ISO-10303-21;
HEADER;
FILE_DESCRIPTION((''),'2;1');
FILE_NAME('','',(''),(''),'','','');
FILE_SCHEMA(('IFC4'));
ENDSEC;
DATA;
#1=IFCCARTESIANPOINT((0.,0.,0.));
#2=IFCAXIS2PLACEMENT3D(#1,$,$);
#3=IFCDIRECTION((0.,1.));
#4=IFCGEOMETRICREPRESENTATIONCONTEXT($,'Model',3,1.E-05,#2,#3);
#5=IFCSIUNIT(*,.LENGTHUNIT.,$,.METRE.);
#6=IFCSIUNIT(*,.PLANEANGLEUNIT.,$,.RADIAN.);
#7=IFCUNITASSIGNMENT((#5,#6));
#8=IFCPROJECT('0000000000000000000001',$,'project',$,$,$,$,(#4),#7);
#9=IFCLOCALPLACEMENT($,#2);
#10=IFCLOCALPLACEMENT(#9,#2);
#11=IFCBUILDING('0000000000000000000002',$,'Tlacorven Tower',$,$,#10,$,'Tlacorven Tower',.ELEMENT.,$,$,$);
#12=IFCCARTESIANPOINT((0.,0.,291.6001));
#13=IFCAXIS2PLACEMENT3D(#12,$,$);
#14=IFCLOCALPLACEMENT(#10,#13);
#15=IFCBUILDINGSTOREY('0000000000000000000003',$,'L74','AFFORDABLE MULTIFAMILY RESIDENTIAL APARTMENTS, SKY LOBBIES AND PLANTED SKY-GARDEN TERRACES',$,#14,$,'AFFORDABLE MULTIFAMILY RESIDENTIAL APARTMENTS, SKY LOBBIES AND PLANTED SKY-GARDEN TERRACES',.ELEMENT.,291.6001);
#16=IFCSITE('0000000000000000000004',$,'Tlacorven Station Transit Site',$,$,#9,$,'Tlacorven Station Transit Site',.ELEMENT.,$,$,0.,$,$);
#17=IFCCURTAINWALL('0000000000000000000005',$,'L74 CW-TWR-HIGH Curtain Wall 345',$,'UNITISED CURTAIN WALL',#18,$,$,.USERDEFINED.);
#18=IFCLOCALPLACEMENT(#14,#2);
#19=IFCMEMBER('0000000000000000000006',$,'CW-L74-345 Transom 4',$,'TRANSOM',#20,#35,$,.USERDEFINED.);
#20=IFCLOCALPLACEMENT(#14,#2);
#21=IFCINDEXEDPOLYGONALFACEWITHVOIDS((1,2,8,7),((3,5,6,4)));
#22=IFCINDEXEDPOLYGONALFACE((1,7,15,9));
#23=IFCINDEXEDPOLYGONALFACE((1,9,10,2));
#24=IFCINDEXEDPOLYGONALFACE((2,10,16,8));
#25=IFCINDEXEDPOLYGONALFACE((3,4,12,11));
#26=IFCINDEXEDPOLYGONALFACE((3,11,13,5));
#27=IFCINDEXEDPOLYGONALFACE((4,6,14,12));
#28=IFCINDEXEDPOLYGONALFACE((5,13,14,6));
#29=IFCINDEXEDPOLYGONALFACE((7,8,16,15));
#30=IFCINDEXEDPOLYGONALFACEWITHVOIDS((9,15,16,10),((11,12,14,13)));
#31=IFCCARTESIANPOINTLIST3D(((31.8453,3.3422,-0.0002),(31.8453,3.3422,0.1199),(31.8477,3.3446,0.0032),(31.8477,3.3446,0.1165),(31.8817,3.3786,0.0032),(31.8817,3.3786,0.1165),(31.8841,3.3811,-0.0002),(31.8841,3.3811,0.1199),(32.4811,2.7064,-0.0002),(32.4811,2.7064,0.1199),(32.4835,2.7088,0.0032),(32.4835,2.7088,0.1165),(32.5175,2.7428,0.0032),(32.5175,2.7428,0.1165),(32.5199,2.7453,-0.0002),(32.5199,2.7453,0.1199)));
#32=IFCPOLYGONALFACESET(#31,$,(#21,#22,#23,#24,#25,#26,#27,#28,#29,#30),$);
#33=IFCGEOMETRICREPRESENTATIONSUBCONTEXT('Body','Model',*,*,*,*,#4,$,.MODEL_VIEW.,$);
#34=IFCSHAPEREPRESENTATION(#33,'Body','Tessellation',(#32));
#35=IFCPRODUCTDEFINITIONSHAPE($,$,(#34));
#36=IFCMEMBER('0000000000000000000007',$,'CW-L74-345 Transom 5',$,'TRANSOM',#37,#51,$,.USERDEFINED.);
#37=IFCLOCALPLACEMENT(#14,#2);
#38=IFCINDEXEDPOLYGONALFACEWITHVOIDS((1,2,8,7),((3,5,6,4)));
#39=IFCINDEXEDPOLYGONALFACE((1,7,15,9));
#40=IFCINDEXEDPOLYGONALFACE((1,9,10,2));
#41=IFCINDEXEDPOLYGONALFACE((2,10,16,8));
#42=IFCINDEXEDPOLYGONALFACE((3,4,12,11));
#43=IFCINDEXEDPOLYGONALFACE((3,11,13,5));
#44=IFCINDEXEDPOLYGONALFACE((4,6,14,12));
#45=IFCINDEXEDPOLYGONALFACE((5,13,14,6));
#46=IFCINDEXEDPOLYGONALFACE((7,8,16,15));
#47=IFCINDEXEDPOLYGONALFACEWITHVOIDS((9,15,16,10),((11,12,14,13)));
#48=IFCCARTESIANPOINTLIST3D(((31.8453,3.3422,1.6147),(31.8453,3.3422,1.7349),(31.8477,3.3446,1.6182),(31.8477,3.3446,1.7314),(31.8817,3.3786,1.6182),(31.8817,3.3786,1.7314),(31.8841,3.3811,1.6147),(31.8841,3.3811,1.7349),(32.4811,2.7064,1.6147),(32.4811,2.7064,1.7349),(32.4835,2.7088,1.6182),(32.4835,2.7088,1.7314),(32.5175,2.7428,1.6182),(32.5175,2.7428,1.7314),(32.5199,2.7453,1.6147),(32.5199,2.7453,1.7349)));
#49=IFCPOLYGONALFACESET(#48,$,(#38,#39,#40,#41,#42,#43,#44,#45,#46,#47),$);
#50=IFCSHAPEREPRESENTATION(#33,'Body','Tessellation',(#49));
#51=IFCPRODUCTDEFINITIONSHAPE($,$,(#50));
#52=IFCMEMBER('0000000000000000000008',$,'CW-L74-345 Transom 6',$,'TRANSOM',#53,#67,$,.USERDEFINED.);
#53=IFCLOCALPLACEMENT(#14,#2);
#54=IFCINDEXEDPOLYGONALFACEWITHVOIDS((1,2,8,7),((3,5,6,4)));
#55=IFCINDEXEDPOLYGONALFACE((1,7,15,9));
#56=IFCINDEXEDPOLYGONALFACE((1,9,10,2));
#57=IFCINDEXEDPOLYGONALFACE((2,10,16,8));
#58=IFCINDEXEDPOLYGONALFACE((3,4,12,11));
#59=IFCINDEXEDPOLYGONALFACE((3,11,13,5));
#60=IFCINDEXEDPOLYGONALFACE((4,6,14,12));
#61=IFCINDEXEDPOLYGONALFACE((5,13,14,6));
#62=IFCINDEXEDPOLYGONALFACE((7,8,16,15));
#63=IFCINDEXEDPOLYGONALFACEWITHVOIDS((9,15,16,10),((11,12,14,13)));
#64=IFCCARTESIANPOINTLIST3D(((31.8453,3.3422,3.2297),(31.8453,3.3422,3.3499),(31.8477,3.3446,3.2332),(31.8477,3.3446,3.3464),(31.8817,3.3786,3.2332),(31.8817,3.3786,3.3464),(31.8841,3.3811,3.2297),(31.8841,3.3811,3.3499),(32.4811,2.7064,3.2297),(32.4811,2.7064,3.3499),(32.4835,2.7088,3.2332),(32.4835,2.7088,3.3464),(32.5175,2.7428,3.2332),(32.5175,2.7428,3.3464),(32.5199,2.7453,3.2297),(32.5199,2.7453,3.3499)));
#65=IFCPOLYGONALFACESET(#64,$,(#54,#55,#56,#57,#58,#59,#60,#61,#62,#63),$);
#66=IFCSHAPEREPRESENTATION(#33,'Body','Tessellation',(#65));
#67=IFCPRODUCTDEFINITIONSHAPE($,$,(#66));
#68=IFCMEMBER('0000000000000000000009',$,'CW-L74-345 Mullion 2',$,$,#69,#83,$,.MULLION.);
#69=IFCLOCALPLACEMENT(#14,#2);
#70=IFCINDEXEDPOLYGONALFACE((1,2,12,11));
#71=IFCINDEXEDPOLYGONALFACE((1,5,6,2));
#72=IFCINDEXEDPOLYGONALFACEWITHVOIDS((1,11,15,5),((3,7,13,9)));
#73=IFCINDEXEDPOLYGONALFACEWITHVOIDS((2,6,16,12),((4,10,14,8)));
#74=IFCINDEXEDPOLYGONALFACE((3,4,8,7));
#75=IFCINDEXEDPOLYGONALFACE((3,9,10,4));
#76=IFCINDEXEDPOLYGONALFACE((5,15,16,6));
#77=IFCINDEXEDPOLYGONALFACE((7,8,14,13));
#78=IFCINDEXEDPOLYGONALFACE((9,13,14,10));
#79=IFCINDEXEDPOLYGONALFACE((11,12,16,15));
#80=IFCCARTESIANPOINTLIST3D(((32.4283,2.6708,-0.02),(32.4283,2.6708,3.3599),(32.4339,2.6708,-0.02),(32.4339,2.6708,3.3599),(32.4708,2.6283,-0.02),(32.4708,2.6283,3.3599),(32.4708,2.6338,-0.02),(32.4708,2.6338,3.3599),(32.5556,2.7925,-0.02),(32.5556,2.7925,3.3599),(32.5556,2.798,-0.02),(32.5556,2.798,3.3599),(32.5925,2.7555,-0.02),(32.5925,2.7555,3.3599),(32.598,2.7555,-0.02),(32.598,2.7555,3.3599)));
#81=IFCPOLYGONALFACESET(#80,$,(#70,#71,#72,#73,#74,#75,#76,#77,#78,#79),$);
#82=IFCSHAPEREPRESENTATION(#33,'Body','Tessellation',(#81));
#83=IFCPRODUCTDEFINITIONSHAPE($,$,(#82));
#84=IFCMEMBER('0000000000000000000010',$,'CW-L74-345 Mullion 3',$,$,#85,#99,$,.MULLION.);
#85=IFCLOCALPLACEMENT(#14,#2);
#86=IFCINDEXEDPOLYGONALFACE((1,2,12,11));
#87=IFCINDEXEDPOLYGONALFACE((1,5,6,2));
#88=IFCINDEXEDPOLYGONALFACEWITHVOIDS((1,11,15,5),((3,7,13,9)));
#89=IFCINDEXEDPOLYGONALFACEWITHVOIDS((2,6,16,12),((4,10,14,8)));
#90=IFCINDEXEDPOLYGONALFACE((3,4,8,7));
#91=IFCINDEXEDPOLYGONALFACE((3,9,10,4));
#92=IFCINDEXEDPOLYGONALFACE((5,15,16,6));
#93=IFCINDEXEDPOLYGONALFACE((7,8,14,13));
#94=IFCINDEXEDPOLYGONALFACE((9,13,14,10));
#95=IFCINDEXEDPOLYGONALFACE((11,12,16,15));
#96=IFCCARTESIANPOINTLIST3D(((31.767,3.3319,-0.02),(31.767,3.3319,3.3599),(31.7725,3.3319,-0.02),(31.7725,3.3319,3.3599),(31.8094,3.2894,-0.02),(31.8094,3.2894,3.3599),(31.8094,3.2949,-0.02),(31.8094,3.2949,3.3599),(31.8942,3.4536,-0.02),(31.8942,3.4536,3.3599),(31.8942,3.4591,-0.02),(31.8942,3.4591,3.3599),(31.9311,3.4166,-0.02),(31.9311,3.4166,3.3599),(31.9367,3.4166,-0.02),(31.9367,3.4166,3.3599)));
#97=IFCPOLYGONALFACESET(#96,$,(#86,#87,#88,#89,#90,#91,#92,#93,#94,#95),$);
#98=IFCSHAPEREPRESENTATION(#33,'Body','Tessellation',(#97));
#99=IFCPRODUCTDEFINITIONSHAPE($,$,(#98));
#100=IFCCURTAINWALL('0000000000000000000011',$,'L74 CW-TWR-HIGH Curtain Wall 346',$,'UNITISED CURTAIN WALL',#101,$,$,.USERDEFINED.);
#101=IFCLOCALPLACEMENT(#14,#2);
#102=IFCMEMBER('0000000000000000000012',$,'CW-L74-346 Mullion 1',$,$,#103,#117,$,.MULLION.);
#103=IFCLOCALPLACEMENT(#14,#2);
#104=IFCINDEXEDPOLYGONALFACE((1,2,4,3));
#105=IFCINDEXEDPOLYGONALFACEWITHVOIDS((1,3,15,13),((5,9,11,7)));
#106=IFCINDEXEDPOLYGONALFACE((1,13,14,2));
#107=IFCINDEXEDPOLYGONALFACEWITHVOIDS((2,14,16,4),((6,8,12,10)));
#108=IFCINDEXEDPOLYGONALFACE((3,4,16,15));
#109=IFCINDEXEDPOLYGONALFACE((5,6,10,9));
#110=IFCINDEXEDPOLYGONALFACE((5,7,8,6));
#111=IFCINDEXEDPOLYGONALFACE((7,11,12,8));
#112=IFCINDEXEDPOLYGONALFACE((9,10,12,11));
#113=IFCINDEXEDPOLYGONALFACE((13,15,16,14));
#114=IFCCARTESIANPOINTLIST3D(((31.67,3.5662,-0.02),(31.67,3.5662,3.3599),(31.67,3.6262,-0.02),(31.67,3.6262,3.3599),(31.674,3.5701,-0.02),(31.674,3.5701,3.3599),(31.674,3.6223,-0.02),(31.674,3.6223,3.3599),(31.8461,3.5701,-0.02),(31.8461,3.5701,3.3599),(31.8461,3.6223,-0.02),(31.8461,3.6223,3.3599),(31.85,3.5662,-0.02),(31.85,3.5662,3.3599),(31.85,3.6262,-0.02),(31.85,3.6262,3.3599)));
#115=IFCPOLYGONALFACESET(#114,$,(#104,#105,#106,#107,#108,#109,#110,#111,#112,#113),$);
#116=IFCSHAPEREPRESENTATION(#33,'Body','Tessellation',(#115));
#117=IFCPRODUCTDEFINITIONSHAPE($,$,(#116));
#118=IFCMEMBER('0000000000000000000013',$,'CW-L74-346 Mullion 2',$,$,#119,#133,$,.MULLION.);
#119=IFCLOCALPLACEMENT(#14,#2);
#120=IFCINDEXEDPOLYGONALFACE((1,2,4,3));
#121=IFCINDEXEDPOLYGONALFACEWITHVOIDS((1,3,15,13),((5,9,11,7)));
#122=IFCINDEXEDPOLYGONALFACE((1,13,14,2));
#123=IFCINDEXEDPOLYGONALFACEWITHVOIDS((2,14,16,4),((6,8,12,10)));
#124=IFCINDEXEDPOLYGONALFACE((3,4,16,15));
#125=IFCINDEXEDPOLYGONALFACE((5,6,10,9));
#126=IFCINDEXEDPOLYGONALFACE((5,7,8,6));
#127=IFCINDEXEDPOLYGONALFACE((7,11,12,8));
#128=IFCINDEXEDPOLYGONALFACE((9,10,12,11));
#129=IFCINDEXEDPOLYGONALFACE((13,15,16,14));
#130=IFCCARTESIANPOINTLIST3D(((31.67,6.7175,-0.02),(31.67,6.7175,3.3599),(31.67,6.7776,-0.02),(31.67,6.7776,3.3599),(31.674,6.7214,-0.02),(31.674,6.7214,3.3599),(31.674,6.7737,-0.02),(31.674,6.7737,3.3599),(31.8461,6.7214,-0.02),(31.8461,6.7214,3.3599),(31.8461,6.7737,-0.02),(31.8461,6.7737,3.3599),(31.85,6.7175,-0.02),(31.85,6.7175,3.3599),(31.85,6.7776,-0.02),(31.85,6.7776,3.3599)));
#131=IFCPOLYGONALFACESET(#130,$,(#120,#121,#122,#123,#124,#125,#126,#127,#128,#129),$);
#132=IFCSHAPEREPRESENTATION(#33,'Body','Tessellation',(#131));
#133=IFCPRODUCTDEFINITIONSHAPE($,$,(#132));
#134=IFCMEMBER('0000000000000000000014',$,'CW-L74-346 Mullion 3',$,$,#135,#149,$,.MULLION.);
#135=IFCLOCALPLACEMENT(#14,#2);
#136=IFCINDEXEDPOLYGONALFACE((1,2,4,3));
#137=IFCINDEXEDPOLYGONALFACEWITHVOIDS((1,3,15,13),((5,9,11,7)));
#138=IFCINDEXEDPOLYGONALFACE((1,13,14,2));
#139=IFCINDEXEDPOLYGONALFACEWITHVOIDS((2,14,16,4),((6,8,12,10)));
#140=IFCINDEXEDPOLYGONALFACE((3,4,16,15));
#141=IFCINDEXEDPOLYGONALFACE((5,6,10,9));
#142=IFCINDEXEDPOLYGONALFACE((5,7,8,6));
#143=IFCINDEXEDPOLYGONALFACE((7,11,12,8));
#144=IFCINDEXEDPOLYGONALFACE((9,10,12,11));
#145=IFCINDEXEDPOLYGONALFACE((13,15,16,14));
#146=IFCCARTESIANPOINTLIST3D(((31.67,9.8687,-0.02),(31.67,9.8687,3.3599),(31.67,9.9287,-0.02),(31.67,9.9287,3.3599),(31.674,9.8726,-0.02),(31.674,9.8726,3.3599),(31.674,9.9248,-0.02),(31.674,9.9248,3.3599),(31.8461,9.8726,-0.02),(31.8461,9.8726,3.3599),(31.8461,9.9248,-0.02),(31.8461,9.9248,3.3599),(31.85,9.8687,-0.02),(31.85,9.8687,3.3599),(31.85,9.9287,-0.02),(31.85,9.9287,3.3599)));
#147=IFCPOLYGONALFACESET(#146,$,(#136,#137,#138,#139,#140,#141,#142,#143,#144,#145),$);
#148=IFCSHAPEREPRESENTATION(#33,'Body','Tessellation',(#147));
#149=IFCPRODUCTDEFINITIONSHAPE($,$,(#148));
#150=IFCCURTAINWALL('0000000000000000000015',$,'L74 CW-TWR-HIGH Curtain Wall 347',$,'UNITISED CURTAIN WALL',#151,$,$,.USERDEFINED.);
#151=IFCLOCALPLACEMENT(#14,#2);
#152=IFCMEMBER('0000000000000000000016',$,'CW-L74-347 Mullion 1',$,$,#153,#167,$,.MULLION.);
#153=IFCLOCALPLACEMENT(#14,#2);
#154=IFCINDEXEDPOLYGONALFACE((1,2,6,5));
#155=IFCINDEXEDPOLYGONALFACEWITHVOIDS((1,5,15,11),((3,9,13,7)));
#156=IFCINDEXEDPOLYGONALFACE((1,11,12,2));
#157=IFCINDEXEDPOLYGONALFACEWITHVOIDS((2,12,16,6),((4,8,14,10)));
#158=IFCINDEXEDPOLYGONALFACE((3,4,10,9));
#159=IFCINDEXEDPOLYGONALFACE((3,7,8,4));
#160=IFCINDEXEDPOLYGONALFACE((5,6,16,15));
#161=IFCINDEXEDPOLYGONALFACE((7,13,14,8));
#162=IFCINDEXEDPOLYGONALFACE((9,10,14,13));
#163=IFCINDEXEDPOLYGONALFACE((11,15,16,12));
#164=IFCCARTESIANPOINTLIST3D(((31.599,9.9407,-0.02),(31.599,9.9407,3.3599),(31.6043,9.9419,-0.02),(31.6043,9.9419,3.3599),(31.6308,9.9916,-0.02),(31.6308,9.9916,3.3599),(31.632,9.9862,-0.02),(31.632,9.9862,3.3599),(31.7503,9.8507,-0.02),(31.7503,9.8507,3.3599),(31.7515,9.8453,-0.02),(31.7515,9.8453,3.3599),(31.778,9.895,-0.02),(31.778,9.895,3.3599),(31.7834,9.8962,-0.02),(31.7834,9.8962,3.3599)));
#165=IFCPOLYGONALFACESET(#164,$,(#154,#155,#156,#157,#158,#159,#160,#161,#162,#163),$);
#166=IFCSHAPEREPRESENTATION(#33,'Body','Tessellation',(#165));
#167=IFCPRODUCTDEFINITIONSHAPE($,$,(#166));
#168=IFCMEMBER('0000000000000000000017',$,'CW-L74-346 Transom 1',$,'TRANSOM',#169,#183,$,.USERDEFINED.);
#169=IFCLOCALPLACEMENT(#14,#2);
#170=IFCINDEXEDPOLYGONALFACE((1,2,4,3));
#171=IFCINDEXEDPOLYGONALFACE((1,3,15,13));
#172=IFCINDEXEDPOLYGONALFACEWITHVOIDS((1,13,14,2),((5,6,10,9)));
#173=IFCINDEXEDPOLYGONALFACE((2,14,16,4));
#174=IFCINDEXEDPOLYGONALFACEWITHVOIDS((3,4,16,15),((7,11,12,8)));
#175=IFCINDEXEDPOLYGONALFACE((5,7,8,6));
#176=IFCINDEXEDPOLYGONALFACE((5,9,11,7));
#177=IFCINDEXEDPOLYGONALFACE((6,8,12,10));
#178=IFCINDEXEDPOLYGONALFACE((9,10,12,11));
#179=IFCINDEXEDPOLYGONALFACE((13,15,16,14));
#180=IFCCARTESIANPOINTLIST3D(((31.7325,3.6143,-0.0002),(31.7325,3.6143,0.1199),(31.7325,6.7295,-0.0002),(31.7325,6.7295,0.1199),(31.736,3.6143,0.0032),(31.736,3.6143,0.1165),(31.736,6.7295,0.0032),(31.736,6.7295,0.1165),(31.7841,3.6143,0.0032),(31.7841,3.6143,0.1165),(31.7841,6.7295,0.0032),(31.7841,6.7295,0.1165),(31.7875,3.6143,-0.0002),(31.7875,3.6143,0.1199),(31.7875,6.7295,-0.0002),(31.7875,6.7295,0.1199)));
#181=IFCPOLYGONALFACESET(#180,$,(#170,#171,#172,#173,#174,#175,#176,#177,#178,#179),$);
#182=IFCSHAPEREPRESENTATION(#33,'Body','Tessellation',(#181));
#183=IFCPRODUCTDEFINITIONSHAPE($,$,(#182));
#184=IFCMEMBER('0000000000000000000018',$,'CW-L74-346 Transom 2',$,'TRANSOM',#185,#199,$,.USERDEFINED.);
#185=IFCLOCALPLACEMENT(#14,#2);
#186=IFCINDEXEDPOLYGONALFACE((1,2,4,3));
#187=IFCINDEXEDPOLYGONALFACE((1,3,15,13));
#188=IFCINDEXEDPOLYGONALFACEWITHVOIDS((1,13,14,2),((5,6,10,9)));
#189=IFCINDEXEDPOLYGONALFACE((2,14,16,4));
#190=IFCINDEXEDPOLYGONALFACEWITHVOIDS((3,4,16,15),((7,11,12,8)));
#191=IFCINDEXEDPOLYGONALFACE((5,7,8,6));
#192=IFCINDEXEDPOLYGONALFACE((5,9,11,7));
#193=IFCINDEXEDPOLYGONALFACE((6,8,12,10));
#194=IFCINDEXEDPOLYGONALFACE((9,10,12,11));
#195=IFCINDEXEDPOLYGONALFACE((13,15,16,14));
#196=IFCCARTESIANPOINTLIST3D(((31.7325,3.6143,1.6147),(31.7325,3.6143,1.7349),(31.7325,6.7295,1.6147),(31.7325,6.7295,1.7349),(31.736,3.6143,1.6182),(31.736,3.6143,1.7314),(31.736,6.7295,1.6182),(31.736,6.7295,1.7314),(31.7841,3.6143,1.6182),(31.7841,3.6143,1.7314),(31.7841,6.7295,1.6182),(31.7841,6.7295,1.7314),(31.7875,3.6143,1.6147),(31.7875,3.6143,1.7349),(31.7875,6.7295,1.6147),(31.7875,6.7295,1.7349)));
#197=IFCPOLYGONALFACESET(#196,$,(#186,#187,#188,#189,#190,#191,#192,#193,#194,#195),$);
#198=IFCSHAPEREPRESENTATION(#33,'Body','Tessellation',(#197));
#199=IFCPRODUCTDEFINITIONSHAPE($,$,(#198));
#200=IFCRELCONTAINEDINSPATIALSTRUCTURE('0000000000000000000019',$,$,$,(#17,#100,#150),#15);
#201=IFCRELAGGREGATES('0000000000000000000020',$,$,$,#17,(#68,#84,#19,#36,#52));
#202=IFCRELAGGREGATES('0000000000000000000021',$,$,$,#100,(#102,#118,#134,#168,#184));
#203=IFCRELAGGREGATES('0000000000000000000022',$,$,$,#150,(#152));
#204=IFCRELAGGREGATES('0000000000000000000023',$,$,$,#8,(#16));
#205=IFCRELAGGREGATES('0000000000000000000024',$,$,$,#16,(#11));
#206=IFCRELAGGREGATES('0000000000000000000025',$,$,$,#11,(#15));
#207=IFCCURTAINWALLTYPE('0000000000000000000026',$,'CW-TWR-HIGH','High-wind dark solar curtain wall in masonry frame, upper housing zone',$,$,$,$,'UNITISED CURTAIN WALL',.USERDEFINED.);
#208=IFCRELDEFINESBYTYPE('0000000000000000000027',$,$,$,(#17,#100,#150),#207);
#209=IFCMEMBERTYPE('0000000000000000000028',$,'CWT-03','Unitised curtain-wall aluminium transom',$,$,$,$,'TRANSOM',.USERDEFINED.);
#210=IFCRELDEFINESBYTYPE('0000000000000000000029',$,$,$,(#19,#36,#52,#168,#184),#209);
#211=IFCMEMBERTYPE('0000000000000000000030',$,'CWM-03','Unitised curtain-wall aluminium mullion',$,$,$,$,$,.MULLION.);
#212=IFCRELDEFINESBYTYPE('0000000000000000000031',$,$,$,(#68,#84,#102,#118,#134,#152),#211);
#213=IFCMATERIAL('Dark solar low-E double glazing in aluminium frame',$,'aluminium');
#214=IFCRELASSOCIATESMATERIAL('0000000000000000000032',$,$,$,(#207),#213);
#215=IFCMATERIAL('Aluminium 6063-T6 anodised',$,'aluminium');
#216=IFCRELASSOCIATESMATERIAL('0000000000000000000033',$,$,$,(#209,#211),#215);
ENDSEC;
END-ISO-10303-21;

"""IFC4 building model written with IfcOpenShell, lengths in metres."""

from ifc_helpers import new_model, si_unit, direction, frame, origin, origin_2d, place, context, subcontext, project, spatial, hollow_rectangle, extrude, source, transform, mapped, material, material_profile, profile_set, type_object, element, aggregate, save


model = new_model("IFC4")

# Units and contexts
model_context = context("Model", 3, precision=1e-05, world=origin(), true_north=direction((0.0, 1.0)))
body_context = subcontext(model_context, "Body", "Model", "MODEL_VIEW")
ifc_project = project(units=[si_unit("LENGTHUNIT", "METRE"), si_unit("PLANEANGLEUNIT", "RADIAN")], contexts=[model_context])

# Site, building, storey
site_placement = place(None, origin())
site = spatial("IfcSite", under=ifc_project, at=site_placement, Name="Tlacorven Station Transit Site", LongName="Tlacorven Station Transit Site", CompositionType="ELEMENT", RefElevation=0.0)
building_placement = place(site_placement, origin())
building = spatial("IfcBuilding", under=site, at=building_placement, Name="Tlacorven Tower", LongName="Tlacorven Tower", CompositionType="ELEMENT")
storey_placement = place(building_placement, frame((0.0, 0.0, 291.6001)))
storey = spatial("IfcBuildingStorey", under=building, at=storey_placement, Name="L74", Description="AFFORDABLE MULTIFAMILY RESIDENTIAL APARTMENTS, SKY LOBBIES AND PLANTED SKY-GARDEN TERRACES", LongName="AFFORDABLE MULTIFAMILY RESIDENTIAL APARTMENTS, SKY LOBBIES AND PLANTED SKY-GARDEN TERRACES", CompositionType="ELEMENT", Elevation=291.6001)

# Curtain walls, members
ifc_material_1 = material(Name="Dark solar low-E double glazing in aluminium frame", Category="aluminium")
curtain_wall_type = type_object("IfcCurtainWallType", Name="CW-TWR-HIGH", Description="High-wind dark solar curtain wall in masonry frame, upper housing zone", ElementType="UNITISED CURTAIN WALL", PredefinedType="USERDEFINED", material=ifc_material_1)
curtain_wall_1_placement = place(storey_placement, origin())
curtain_wall_1 = element("IfcCurtainWall", 1, at=curtain_wall_1_placement, inside=storey, type_object=curtain_wall_type, Name="L74 CW-TWR-HIGH Curtain Wall 345", ObjectType="UNITISED CURTAIN WALL", PredefinedType="USERDEFINED")
ifc_material_2 = material(Name="Aluminium 6063-T6 anodised", Category="aluminium")
ifc_material_profile_1 = material_profile(ifc_material_2, hollow_rectangle(XDim=0.0549, YDim=0.1201, WallThickness=0.0034, at=origin_2d()), Name="ALU TRANSOM 55X120")
ifc_profile_set_1 = profile_set([ifc_material_profile_1], Name="Aluminium 6063-T6 anodised")
member_type_1 = type_object("IfcMemberType", Name="CWT-03", Description="Unitised curtain-wall aluminium transom", ElementType="TRANSOM", PredefinedType="USERDEFINED", material=ifc_profile_set_1)
shared_shape_1 = source(origin(), body_context, "Body", "SweptSolid", [
    extrude(hollow_rectangle(XDim=0.0549, YDim=0.1201, WallThickness=0.0034, at=origin_2d()), origin(), (0.0, 0.0, 1.0), 0.8992),
])
member_1_placement = place(storey_placement, frame((32.5005, 2.7258, 0.0598), z_axis=(-0.707107, 0.707107, 0.0), x_axis=(-0.707107, -0.707107, 0.0)))
member_1 = element("IfcMember", 2, at=member_1_placement, type_object=member_type_1, Name="CW-L74-345 Transom 4", ObjectType="TRANSOM", PredefinedType="USERDEFINED", context=body_context, shape_type="MappedRepresentation", body=[
    mapped(shared_shape_1, transform((0.0, 0.0, 0.0), scale=1.0)),
])
member_2_placement = place(storey_placement, frame((32.5005, 2.7258, 1.6748), z_axis=(-0.707107, 0.707107, 0.0), x_axis=(-0.707107, -0.707107, 0.0)))
member_2 = element("IfcMember", 3, at=member_2_placement, type_object=member_type_1, Name="CW-L74-345 Transom 5", ObjectType="TRANSOM", PredefinedType="USERDEFINED", context=body_context, shape_type="MappedRepresentation", body=[
    mapped(shared_shape_1, transform((0.0, 0.0, 0.0), scale=1.0)),
])
member_3_placement = place(storey_placement, frame((32.5005, 2.7258, 3.2898), z_axis=(-0.707107, 0.707107, 0.0), x_axis=(-0.707107, -0.707107, 0.0)))
member_3 = element("IfcMember", 4, at=member_3_placement, type_object=member_type_1, Name="CW-L74-345 Transom 6", ObjectType="TRANSOM", PredefinedType="USERDEFINED", context=body_context, shape_type="MappedRepresentation", body=[
    mapped(shared_shape_1, transform((0.0, 0.0, 0.0), scale=1.0)),
])
ifc_material_profile_2 = material_profile(ifc_material_2, hollow_rectangle(XDim=0.0601, YDim=0.1799, WallThickness=0.0039, at=origin_2d()), Name="ALU MULLION 60X180")
ifc_profile_set_2 = profile_set([ifc_material_profile_2], Name="Aluminium 6063-T6 anodised")
member_type_2 = type_object("IfcMemberType", Name="CWM-03", Description="Unitised curtain-wall aluminium mullion", PredefinedType="MULLION", material=ifc_profile_set_2)
shared_shape_2 = source(origin(), body_context, "Body", "SweptSolid", [
    extrude(hollow_rectangle(XDim=0.0601, YDim=0.1799, WallThickness=0.0039, at=origin_2d()), origin(), (0.0, 0.0, 1.0), 3.3799),
])
member_4_placement = place(storey_placement, frame((32.5132, 2.7131, -0.02), z_axis=(0.0, 0.0, 1.0), x_axis=(-0.707107, 0.707107, 0.0)))
member_4 = element("IfcMember", 5, at=member_4_placement, type_object=member_type_2, Name="CW-L74-345 Mullion 2", PredefinedType="MULLION", context=body_context, shape_type="MappedRepresentation", body=[
    mapped(shared_shape_2, transform((0.0, 0.0, 0.0), scale=1.0)),
])
member_5_placement = place(storey_placement, frame((31.8518, 3.3743, -0.02), z_axis=(0.0, 0.0, 1.0), x_axis=(-0.707107, 0.707107, 0.0)))
member_5 = element("IfcMember", 6, at=member_5_placement, type_object=member_type_2, Name="CW-L74-345 Mullion 3", PredefinedType="MULLION", context=body_context, shape_type="MappedRepresentation", body=[
    mapped(shared_shape_2, transform((0.0, 0.0, 0.0), scale=1.0)),
])
curtain_wall_2_placement = place(storey_placement, origin())
curtain_wall_2 = element("IfcCurtainWall", 7, at=curtain_wall_2_placement, inside=storey, type_object=curtain_wall_type, Name="L74 CW-TWR-HIGH Curtain Wall 346", ObjectType="UNITISED CURTAIN WALL", PredefinedType="USERDEFINED")
member_6_placement = place(storey_placement, frame((31.76, 3.5962, -0.02), z_axis=(0.0, 0.0, 1.0), x_axis=(0.0, 1.0, 0.0)))
member_6 = element("IfcMember", 8, at=member_6_placement, type_object=member_type_2, Name="CW-L74-346 Mullion 1", PredefinedType="MULLION", context=body_context, shape_type="MappedRepresentation", body=[
    mapped(shared_shape_2, transform((0.0, 0.0, 0.0), scale=1.0)),
])
member_7_placement = place(storey_placement, frame((31.76, 6.7476, -0.02), z_axis=(0.0, 0.0, 1.0), x_axis=(0.0, 1.0, 0.0)))
member_7 = element("IfcMember", 9, at=member_7_placement, type_object=member_type_2, Name="CW-L74-346 Mullion 2", PredefinedType="MULLION", context=body_context, shape_type="MappedRepresentation", body=[
    mapped(shared_shape_2, transform((0.0, 0.0, 0.0), scale=1.0)),
])
member_8_placement = place(storey_placement, frame((31.76, 9.8987, -0.02), z_axis=(0.0, 0.0, 1.0), x_axis=(0.0, 1.0, 0.0)))
member_8 = element("IfcMember", 10, at=member_8_placement, type_object=member_type_2, Name="CW-L74-346 Mullion 3", PredefinedType="MULLION", context=body_context, shape_type="MappedRepresentation", body=[
    mapped(shared_shape_2, transform((0.0, 0.0, 0.0), scale=1.0)),
])

# Curtain wall, member
curtain_wall_3_placement = place(storey_placement, origin())
curtain_wall_3 = element("IfcCurtainWall", 11, at=curtain_wall_3_placement, inside=storey, type_object=curtain_wall_type, Name="L74 CW-TWR-HIGH Curtain Wall 347", ObjectType="UNITISED CURTAIN WALL", PredefinedType="USERDEFINED")
member_9_placement = place(storey_placement, frame((31.6912, 9.9185, -0.02), z_axis=(0.0, 0.0, 1.0), x_axis=(-0.529919, -0.848048, 0.0)))
member_9 = element("IfcMember", 12, at=member_9_placement, type_object=member_type_2, Name="CW-L74-347 Mullion 1", PredefinedType="MULLION", context=body_context, shape_type="MappedRepresentation", body=[
    mapped(shared_shape_2, transform((0.0, 0.0, 0.0), scale=1.0)),
])

# Members
shared_shape_3 = source(origin(), body_context, "Body", "SweptSolid", [
    extrude(hollow_rectangle(XDim=0.0549, YDim=0.1201, WallThickness=0.0034, at=origin_2d()), origin(), (0.0, 0.0, 1.0), 3.1152),
])
member_10_placement = place(storey_placement, frame((31.76, 3.6143, 0.0598), z_axis=(0.0, 1.0, 0.0), x_axis=(-1.0, 0.0, 0.0)))
member_10 = element("IfcMember", 13, at=member_10_placement, type_object=member_type_1, Name="CW-L74-346 Transom 1", ObjectType="TRANSOM", PredefinedType="USERDEFINED", context=body_context, shape_type="MappedRepresentation", body=[
    mapped(shared_shape_3, transform((0.0, 0.0, 0.0), scale=1.0)),
])
member_11_placement = place(storey_placement, frame((31.76, 3.6143, 1.6748), z_axis=(0.0, 1.0, 0.0), x_axis=(-1.0, 0.0, 0.0)))
member_11 = element("IfcMember", 14, at=member_11_placement, type_object=member_type_1, Name="CW-L74-346 Transom 2", ObjectType="TRANSOM", PredefinedType="USERDEFINED", context=body_context, shape_type="MappedRepresentation", body=[
    mapped(shared_shape_3, transform((0.0, 0.0, 0.0), scale=1.0)),
])

aggregate(curtain_wall_1, [member_4, member_5, member_1, member_2, member_3])
aggregate(curtain_wall_2, [member_6, member_7, member_8, member_10, member_11])
aggregate(curtain_wall_3, [member_9])

save(model, "model.ifc")
